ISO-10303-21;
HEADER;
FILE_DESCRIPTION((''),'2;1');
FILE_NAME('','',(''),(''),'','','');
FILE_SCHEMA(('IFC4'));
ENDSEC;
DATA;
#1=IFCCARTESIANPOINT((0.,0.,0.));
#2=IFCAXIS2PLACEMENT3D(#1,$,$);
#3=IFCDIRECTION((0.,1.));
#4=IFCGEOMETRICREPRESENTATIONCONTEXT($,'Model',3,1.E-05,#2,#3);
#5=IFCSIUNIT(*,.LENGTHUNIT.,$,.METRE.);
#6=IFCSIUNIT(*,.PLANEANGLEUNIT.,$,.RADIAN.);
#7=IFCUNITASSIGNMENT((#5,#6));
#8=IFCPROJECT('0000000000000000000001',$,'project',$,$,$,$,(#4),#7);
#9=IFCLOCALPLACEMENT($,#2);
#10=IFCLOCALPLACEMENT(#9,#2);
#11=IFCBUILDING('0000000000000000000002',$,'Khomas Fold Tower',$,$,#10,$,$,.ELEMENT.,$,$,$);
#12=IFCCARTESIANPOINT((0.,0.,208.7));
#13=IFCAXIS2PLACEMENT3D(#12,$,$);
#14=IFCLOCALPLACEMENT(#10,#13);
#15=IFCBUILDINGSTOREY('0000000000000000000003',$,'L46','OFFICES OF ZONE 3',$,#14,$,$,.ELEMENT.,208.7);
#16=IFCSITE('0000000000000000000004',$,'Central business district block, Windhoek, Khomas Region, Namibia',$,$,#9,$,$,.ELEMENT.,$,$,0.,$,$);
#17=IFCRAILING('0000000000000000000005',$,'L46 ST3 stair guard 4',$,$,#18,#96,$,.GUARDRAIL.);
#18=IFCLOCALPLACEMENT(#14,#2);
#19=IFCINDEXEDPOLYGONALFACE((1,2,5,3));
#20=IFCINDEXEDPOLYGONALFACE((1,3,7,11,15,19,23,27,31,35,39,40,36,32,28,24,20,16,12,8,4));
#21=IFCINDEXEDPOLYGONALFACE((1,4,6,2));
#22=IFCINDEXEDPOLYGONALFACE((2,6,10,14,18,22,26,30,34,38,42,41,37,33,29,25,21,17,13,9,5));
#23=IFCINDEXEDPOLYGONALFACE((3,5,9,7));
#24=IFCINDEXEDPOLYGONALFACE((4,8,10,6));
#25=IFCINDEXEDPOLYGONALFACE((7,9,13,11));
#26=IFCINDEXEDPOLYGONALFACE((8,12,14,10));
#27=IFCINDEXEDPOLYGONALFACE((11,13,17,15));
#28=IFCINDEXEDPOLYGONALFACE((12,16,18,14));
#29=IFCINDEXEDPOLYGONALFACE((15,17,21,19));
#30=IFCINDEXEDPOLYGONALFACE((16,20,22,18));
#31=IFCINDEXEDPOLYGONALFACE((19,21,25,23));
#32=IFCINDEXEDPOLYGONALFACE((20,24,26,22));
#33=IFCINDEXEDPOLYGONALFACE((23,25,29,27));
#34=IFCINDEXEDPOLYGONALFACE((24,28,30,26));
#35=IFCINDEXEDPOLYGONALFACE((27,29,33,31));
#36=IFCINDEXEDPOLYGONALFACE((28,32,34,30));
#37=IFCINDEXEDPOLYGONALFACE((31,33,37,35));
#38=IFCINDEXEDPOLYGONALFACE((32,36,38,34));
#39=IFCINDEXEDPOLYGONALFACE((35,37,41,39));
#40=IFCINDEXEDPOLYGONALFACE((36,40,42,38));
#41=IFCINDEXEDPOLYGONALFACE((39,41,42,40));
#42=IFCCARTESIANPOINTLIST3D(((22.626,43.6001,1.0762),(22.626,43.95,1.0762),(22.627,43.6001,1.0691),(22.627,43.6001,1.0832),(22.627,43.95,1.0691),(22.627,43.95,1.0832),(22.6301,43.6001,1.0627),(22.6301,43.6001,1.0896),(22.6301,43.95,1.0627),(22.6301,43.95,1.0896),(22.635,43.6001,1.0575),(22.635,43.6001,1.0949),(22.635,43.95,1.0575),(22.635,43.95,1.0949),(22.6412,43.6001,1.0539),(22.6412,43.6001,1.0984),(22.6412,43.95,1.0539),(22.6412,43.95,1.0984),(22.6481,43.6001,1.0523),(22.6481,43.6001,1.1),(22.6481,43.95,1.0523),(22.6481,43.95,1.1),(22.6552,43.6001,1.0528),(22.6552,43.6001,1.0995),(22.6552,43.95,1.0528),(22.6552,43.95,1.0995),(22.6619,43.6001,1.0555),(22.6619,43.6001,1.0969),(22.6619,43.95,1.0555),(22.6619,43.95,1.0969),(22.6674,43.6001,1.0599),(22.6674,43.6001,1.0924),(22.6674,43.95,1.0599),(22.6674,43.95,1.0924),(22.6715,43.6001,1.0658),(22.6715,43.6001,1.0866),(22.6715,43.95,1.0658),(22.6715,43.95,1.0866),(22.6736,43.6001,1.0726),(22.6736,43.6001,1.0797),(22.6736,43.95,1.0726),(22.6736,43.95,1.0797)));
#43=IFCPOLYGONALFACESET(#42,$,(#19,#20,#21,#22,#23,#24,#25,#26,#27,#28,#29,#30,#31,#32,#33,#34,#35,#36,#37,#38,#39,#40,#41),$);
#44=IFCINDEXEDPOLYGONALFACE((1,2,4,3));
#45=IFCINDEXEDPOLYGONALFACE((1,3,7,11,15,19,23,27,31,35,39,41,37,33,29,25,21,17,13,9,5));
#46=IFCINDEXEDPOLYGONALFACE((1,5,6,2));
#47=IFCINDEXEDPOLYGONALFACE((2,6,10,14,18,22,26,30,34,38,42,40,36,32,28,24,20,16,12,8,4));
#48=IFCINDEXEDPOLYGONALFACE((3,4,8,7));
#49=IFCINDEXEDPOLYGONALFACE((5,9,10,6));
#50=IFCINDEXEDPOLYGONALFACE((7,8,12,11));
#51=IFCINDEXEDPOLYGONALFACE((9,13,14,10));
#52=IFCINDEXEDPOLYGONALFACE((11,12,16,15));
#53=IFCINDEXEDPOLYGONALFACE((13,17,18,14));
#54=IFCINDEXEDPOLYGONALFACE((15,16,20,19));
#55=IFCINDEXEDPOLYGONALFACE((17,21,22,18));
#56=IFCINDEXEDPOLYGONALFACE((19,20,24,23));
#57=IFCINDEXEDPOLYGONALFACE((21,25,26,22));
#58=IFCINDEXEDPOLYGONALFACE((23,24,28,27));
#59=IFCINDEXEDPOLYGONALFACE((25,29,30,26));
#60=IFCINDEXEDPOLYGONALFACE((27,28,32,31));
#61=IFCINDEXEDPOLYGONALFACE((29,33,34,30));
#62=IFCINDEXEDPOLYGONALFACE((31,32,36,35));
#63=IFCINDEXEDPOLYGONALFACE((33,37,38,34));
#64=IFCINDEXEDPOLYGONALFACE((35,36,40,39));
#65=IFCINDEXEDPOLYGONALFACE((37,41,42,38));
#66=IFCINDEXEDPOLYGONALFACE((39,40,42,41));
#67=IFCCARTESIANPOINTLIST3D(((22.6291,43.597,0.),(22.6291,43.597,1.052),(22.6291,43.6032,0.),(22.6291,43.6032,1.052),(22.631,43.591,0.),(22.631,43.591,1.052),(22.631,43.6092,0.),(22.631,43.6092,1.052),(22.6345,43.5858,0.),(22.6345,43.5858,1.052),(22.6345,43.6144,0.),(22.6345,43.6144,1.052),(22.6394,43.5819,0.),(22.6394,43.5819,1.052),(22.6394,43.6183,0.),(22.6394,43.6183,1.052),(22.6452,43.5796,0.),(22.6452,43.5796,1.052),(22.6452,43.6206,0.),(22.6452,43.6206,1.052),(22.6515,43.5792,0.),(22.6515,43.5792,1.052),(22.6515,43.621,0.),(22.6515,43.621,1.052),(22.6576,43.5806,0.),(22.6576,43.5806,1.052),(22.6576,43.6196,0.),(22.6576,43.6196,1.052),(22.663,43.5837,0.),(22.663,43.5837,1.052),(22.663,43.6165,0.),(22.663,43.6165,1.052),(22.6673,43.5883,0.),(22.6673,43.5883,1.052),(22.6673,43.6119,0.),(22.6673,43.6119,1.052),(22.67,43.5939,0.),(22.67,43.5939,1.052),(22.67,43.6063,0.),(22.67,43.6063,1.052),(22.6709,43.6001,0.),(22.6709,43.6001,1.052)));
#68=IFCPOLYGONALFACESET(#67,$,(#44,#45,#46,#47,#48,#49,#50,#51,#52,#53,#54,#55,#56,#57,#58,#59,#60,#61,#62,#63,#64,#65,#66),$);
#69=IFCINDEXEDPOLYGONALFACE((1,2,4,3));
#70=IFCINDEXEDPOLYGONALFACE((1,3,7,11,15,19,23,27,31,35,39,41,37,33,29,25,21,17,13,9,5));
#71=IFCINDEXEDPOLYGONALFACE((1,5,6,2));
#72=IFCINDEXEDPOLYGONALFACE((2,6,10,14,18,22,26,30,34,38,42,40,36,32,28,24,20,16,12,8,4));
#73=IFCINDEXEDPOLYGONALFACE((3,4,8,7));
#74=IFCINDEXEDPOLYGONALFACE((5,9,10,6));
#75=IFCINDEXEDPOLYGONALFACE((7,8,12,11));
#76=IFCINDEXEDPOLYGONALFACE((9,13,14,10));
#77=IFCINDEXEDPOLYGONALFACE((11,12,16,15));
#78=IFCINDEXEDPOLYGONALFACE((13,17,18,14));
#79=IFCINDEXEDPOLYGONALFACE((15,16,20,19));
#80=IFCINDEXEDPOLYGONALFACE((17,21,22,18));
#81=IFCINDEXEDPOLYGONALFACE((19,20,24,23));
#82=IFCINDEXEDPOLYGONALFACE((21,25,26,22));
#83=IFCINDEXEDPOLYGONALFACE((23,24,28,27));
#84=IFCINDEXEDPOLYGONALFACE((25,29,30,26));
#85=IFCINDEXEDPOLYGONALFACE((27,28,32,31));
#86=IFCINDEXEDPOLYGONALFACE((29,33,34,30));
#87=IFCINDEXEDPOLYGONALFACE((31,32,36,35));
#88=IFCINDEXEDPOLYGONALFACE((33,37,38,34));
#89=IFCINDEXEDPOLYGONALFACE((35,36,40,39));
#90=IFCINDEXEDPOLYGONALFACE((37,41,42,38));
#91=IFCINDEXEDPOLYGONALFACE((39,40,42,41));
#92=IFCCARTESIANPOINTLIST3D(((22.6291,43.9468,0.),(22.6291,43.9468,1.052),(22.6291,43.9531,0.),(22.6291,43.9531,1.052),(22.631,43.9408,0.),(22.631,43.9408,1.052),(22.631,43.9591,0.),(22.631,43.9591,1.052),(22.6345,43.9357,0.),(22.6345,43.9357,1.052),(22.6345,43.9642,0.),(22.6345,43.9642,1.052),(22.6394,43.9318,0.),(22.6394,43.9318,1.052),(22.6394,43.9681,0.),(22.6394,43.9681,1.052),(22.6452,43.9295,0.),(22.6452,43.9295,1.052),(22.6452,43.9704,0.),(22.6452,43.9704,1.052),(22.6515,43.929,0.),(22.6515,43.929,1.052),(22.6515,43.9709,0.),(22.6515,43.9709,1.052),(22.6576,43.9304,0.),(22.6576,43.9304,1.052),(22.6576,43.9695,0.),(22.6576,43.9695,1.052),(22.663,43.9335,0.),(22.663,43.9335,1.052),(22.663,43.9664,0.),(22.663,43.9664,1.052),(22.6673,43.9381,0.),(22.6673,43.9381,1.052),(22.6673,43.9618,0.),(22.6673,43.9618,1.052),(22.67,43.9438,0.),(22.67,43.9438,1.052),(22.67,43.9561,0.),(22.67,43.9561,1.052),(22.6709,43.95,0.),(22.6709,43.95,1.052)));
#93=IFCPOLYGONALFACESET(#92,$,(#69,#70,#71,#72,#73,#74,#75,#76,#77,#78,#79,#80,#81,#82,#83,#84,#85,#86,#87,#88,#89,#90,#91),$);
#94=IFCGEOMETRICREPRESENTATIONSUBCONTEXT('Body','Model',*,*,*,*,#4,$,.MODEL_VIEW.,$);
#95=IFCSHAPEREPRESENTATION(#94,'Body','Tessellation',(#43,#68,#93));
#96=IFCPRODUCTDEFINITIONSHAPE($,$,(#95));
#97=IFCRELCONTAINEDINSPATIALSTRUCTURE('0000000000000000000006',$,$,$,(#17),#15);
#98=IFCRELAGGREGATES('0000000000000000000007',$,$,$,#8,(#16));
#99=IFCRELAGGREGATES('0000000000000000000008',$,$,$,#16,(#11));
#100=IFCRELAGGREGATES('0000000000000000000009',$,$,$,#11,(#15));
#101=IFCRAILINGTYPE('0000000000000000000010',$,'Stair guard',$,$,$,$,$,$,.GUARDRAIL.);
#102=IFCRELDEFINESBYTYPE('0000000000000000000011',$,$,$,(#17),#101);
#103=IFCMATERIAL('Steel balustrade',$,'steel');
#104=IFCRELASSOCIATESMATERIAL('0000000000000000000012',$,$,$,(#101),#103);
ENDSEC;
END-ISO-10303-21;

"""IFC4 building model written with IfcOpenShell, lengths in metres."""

from ifc_helpers import new_model, si_unit, direction, frame, origin, origin_2d, place, context, subcontext, project, spatial, circle, extrude, source, transform, mapped, material, type_object, element, save


model = new_model("IFC4")

# Units and contexts
model_context = context("Model", 3, precision=1e-05, world=origin(), true_north=direction((0.0, 1.0)))
body_context = subcontext(model_context, "Body", "Model", "MODEL_VIEW")
ifc_project = project(units=[si_unit("LENGTHUNIT", "METRE"), si_unit("PLANEANGLEUNIT", "RADIAN")], contexts=[model_context])

# Site, building, storey
site_placement = place(None, origin())
site = spatial("IfcSite", under=ifc_project, at=site_placement, Name="Central business district block, Windhoek, Khomas Region, Namibia", CompositionType="ELEMENT", RefElevation=0.0)
building_placement = place(site_placement, origin())
building = spatial("IfcBuilding", under=site, at=building_placement, Name="Khomas Fold Tower", CompositionType="ELEMENT")
storey_placement = place(building_placement, frame((0.0, 0.0, 208.7)))
storey = spatial("IfcBuildingStorey", under=building, at=storey_placement, Name="L46", Description="OFFICES OF ZONE 3", CompositionType="ELEMENT", Elevation=208.7)

# Railing
ifc_material_1 = material(Name="Steel balustrade", Category="steel")
railing_type_1 = type_object("IfcRailingType", Name="Stair guard", PredefinedType="GUARDRAIL", material=ifc_material_1)
shared_shape_1 = source(origin(), body_context, "Body", "SweptSolid", [
    extrude(circle(Radius=0.0239, at=origin_2d()), frame((0.0, 0.0, 1.0762), z_axis=(0.0, 1.0, 0.0), x_axis=(-1.0, 0.0, 0.0)), (0.0, 0.0, 1.0), 0.3499),
    extrude(circle(Radius=0.021, at=origin_2d()), origin(), (0.0, 0.0, 1.0), 1.052),
    extrude(circle(Radius=0.021, at=origin_2d()), frame((0.0, 0.3499, 0.0)), (0.0, 0.0, 1.0), 1.052),
])
for number, where, name in (
    (1, (22.6499, 43.6001, 0.0), "L46 ST3 stair guard 4"),
):
    element("IfcRailing", number, at=place(storey_placement, frame(where)), inside=storey, type_object=railing_type_1, Name=name, PredefinedType="GUARDRAIL", context=body_context, shape_type="MappedRepresentation", body=[
        mapped(shared_shape_1, transform((0.0, 0.0, 0.0))),
    ])

save(model, "model.ifc")
